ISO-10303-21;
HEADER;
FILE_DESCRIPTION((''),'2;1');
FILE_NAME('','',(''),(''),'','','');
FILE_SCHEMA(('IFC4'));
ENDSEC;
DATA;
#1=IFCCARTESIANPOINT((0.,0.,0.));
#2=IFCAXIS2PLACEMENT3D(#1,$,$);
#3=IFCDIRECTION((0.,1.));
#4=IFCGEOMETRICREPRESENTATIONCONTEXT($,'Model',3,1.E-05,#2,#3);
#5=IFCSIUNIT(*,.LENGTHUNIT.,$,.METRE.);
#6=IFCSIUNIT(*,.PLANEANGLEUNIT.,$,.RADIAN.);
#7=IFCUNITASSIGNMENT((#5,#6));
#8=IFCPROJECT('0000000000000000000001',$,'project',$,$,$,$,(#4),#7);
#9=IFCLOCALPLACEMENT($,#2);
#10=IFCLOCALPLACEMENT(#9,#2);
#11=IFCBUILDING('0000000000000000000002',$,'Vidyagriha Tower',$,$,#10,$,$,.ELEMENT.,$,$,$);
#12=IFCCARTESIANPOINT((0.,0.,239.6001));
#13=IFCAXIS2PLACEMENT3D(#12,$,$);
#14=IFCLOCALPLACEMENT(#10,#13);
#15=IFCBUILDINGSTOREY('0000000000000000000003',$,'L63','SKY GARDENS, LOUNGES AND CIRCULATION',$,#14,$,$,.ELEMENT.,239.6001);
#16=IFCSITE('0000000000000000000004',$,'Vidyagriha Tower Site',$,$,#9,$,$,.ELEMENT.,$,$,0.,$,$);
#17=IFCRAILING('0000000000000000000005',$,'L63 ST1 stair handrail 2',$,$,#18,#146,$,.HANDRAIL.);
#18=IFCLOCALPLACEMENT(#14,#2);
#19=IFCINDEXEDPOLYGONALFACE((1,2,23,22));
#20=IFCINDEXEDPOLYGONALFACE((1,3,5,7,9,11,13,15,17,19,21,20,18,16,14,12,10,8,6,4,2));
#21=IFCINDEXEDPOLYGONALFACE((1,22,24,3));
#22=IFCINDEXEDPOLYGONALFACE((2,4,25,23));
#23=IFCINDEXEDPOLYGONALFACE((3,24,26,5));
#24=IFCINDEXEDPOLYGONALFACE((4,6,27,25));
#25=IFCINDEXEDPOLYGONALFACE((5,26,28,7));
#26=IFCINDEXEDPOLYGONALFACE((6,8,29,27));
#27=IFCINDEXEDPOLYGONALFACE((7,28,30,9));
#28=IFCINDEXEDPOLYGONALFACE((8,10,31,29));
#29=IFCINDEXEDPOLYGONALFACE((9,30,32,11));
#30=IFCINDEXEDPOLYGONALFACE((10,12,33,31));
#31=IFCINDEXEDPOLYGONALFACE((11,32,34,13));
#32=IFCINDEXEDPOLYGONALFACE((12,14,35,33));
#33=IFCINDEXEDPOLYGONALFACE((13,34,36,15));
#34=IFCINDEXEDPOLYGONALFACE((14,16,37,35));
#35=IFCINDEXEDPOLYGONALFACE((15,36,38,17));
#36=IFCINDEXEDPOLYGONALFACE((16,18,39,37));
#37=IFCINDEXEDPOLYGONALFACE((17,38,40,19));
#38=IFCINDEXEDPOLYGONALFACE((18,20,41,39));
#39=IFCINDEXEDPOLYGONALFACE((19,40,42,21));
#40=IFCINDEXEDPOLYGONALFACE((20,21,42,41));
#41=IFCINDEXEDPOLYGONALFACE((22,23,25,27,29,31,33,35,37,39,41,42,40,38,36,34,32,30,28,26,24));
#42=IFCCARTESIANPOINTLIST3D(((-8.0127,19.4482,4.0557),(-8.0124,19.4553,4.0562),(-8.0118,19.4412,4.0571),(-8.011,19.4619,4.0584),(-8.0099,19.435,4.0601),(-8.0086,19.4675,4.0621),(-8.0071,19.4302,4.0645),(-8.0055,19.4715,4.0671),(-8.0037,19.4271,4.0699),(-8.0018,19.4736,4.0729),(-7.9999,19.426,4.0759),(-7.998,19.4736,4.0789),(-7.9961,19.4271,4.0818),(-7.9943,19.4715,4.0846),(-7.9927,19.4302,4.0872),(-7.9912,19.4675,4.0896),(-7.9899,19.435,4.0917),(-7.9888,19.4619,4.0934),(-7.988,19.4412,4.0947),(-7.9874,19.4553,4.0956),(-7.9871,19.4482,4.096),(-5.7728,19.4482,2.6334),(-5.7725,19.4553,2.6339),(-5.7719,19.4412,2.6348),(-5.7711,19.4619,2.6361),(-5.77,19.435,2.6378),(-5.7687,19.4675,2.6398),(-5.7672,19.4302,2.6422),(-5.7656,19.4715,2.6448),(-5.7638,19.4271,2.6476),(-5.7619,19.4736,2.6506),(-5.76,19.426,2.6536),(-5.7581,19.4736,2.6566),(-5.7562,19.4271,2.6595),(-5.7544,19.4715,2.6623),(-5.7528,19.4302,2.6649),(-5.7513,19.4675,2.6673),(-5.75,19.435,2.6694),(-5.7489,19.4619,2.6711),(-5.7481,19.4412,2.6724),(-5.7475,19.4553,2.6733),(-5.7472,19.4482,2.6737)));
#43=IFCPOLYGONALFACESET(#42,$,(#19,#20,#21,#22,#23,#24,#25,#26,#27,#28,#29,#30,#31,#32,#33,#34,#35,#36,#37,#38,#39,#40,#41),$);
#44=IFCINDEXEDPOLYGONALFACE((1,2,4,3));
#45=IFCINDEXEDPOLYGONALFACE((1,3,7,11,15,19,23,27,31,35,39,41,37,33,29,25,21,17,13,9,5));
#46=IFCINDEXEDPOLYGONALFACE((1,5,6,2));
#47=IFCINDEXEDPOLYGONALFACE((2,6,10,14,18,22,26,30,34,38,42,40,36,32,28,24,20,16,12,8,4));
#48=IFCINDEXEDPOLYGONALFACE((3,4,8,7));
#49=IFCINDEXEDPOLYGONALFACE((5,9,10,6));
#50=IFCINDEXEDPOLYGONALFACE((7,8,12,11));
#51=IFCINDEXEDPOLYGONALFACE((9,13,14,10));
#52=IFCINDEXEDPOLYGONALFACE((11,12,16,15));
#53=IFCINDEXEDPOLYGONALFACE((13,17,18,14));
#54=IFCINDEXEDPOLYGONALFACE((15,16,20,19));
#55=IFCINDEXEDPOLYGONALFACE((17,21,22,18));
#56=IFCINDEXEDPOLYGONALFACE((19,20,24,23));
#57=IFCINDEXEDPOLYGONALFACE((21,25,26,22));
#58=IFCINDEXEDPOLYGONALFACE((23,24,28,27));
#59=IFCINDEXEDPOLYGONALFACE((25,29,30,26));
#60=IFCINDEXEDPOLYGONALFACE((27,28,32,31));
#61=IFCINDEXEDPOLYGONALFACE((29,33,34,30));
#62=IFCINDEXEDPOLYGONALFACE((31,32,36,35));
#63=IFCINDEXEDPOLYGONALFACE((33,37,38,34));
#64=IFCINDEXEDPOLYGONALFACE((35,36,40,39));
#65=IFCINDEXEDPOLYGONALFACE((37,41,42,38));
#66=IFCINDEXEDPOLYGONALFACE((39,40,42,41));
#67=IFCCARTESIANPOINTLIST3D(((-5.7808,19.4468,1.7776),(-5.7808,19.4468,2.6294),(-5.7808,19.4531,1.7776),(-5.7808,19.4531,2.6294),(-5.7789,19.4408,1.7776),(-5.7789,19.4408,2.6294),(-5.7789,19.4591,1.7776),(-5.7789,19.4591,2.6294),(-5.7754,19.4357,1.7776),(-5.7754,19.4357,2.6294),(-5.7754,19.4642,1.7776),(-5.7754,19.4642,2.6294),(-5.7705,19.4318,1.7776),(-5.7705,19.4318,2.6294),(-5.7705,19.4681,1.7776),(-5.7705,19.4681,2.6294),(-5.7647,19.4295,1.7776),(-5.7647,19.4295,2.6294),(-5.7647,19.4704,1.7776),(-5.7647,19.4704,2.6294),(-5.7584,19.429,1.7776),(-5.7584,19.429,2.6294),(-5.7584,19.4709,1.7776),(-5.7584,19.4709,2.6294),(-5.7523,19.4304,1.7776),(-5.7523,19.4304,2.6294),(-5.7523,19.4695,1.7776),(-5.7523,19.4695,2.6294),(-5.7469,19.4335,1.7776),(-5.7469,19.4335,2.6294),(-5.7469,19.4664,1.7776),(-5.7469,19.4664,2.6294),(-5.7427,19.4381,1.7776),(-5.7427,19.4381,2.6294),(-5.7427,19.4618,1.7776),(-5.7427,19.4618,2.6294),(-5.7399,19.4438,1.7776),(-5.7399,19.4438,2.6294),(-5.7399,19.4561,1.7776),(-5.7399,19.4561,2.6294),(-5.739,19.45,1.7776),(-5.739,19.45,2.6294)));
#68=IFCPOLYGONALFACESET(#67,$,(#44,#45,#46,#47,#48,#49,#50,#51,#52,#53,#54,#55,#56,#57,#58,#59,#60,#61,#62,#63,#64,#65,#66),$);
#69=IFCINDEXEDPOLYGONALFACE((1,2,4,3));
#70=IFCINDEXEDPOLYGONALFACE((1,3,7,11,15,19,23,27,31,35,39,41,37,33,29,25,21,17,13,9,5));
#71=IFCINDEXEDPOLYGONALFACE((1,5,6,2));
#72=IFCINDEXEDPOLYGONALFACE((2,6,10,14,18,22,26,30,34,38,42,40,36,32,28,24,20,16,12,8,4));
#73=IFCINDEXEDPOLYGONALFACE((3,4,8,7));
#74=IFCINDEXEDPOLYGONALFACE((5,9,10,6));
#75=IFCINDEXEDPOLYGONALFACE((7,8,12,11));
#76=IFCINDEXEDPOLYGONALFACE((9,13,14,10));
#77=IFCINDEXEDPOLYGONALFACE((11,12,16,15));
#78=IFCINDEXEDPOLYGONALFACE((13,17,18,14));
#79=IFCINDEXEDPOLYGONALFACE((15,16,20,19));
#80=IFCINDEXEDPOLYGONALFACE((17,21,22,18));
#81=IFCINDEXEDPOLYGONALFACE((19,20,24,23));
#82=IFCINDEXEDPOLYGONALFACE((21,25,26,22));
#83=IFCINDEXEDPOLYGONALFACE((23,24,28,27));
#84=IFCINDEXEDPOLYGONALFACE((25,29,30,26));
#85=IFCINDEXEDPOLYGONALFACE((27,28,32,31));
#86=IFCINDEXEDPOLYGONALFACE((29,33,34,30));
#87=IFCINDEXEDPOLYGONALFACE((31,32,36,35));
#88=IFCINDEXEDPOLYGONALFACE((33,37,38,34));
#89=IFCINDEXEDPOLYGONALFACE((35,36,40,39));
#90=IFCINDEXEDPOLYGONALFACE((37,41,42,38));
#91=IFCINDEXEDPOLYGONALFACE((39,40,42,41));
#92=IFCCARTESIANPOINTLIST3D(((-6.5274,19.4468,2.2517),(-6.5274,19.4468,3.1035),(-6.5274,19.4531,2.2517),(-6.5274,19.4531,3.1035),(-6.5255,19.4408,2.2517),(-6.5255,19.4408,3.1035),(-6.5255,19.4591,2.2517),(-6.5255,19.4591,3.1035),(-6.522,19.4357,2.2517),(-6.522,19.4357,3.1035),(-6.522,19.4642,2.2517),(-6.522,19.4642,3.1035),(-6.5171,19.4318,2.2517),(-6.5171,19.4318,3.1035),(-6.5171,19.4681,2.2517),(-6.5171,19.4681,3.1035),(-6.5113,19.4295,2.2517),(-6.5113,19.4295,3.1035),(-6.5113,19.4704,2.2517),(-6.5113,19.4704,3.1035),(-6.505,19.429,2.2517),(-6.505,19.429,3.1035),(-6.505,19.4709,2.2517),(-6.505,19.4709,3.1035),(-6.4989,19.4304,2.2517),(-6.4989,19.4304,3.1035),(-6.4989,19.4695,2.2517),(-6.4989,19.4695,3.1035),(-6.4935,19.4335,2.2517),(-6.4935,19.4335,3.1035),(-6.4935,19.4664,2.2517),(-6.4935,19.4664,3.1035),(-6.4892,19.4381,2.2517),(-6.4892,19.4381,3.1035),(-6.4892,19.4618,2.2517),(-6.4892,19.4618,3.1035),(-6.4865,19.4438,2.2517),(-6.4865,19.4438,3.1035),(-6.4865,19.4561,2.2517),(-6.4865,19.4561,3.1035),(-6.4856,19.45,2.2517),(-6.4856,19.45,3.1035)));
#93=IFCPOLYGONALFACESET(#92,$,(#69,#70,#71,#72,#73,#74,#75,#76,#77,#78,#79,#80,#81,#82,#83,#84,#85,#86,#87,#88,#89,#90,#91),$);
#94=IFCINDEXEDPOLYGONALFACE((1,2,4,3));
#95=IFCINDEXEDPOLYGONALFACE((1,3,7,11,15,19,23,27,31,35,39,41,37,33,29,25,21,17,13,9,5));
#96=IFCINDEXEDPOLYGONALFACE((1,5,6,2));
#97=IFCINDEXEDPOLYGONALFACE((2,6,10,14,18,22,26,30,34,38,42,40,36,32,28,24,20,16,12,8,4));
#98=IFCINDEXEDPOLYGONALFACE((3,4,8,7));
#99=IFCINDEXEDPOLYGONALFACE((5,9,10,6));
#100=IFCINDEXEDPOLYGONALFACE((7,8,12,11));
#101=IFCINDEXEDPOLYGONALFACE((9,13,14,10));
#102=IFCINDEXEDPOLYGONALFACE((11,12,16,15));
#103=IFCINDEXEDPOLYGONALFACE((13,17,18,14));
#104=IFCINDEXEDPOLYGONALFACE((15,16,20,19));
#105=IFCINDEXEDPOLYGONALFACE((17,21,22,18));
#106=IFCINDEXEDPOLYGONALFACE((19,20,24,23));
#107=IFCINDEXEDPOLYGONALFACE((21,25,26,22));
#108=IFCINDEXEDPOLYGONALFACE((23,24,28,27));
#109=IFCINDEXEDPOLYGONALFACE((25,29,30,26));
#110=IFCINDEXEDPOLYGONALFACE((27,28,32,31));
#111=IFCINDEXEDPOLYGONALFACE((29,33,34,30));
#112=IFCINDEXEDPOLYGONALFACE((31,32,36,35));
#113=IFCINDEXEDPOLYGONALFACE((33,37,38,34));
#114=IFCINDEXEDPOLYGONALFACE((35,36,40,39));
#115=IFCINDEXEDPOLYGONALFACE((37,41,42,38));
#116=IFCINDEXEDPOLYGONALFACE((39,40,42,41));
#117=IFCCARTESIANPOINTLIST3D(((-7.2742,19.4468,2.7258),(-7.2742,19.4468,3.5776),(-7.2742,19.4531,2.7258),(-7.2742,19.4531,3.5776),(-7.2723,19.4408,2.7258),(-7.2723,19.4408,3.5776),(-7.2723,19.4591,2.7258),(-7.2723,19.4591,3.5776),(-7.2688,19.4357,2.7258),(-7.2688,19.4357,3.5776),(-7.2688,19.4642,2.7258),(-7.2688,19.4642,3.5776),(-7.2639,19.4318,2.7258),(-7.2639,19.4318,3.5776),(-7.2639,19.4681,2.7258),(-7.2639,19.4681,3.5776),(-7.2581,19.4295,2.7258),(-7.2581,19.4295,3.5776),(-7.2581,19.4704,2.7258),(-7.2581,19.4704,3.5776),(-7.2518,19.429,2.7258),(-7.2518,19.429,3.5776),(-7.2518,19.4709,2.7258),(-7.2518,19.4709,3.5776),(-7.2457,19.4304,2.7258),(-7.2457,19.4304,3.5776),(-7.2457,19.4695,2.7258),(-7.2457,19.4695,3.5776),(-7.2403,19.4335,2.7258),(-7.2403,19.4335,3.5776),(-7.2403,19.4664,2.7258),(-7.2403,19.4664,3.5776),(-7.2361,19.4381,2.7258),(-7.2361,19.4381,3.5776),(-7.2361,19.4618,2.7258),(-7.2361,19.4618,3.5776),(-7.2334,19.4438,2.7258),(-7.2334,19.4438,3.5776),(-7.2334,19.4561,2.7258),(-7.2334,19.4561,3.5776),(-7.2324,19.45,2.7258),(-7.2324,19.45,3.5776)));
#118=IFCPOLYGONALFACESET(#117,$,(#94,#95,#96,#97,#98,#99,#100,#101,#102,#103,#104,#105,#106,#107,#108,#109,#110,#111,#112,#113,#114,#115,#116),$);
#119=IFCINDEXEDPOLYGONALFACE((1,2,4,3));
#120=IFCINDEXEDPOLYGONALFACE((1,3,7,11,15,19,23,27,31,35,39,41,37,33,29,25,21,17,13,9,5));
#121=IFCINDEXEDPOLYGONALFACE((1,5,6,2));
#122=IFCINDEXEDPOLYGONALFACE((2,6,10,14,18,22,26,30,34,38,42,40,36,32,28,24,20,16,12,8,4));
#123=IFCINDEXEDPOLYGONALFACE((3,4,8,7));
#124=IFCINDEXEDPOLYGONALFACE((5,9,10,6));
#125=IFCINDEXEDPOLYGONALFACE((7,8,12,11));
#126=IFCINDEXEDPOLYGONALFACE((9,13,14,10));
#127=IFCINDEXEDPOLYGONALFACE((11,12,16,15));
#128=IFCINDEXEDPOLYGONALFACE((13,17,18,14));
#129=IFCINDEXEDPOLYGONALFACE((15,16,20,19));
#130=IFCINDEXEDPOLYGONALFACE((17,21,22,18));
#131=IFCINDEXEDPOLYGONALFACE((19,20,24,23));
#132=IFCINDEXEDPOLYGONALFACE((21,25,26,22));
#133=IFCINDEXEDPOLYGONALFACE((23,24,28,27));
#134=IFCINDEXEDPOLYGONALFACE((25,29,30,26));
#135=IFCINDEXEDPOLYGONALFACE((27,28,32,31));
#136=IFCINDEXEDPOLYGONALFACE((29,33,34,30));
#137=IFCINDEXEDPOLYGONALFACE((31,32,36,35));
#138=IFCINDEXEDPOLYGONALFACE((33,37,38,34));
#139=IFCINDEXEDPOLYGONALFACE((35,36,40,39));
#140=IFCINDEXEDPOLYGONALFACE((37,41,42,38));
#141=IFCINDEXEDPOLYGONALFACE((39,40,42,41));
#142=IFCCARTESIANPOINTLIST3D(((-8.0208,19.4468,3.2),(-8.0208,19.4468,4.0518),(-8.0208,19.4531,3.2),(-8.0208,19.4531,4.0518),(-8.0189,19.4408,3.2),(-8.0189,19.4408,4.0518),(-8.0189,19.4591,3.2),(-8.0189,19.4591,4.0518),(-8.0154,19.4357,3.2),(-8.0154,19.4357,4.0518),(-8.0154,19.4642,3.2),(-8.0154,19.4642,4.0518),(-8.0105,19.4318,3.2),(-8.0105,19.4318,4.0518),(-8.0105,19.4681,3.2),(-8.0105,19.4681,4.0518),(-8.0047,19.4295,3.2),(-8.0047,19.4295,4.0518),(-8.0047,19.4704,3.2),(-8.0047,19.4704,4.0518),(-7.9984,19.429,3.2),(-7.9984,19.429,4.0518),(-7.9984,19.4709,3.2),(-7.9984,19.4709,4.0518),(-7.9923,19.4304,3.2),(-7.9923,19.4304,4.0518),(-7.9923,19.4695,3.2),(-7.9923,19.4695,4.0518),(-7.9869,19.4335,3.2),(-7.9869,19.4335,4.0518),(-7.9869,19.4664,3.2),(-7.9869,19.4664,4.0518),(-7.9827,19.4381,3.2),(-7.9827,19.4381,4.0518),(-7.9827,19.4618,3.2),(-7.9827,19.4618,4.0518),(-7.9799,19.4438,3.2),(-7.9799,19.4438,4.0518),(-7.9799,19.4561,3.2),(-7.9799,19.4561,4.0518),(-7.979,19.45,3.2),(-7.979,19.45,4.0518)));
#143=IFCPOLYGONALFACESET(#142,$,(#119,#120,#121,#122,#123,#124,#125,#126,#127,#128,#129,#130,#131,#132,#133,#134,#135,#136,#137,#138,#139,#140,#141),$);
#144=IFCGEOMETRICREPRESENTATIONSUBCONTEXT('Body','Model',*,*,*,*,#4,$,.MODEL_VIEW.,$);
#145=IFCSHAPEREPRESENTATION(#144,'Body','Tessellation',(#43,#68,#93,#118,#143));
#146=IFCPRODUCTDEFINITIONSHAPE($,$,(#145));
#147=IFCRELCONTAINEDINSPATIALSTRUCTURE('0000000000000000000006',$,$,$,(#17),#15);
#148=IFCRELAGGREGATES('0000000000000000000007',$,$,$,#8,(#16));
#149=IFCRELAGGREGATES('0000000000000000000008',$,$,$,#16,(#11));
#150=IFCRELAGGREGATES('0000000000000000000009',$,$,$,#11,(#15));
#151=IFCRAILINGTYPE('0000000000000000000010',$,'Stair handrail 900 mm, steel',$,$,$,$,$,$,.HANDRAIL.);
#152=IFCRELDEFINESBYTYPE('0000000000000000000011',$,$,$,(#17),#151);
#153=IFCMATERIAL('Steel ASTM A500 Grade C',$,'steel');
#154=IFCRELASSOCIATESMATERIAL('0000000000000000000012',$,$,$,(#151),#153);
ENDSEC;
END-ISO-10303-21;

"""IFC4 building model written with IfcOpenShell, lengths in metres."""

from ifc_helpers import new_model, si_unit, direction, frame, origin, origin_2d, place, context, subcontext, project, spatial, circle, extrude, material, type_object, element, save


model = new_model("IFC4")

# Units and contexts
model_context = context("Model", 3, precision=1e-05, world=origin(), true_north=direction((0.0, 1.0)))
body_context = subcontext(model_context, "Body", "Model", "MODEL_VIEW")
ifc_project = project(units=[si_unit("LENGTHUNIT", "METRE"), si_unit("PLANEANGLEUNIT", "RADIAN")], contexts=[model_context])

# Site, building, storey
site_placement = place(None, origin())
site = spatial("IfcSite", under=ifc_project, at=site_placement, Name="Vidyagriha Tower Site", CompositionType="ELEMENT", RefElevation=0.0)
building_placement = place(site_placement, origin())
building = spatial("IfcBuilding", under=site, at=building_placement, Name="Vidyagriha Tower", CompositionType="ELEMENT")
storey_placement = place(building_placement, frame((0.0, 0.0, 239.6001)))
storey = spatial("IfcBuildingStorey", under=building, at=storey_placement, Name="L63", Description="SKY GARDENS, LOUNGES AND CIRCULATION", CompositionType="ELEMENT", Elevation=239.6001)

# Railing
ifc_material_1 = material(Name="Steel ASTM A500 Grade C", Category="steel")
railing_type_1 = type_object("IfcRailingType", Name="Stair handrail 900 mm, steel", PredefinedType="HANDRAIL", material=ifc_material_1)
railing_1_placement = place(storey_placement, frame((-5.76, 19.45, 1.7776)))
element("IfcRailing", 1, at=railing_1_placement, inside=storey, type_object=railing_type_1, Name="L63 ST1 stair handrail 2", PredefinedType="HANDRAIL", context=body_context, shape_type="SweptSolid", body=[
    extrude(circle(Radius=0.0239, at=origin_2d()), frame((0.0, 0.0, 0.876), z_axis=(-0.844188, 0.0, 0.536048), x_axis=(0.0, -1.0, 0.0)), (0.0, 0.0, 1.0), 2.6533),
    extrude(circle(Radius=0.021, at=origin_2d()), origin(), (0.0, 0.0, 1.0), 0.8518),
    extrude(circle(Radius=0.021, at=origin_2d()), frame((-0.7466, 0.0, 0.4741)), (0.0, 0.0, 1.0), 0.8518),
    extrude(circle(Radius=0.021, at=origin_2d()), frame((-1.4934, 0.0, 0.9482)), (0.0, 0.0, 1.0), 0.8518),
    extrude(circle(Radius=0.021, at=origin_2d()), frame((-2.24, 0.0, 1.4224)), (0.0, 0.0, 1.0), 0.8518),
])

save(model, "model.ifc")
